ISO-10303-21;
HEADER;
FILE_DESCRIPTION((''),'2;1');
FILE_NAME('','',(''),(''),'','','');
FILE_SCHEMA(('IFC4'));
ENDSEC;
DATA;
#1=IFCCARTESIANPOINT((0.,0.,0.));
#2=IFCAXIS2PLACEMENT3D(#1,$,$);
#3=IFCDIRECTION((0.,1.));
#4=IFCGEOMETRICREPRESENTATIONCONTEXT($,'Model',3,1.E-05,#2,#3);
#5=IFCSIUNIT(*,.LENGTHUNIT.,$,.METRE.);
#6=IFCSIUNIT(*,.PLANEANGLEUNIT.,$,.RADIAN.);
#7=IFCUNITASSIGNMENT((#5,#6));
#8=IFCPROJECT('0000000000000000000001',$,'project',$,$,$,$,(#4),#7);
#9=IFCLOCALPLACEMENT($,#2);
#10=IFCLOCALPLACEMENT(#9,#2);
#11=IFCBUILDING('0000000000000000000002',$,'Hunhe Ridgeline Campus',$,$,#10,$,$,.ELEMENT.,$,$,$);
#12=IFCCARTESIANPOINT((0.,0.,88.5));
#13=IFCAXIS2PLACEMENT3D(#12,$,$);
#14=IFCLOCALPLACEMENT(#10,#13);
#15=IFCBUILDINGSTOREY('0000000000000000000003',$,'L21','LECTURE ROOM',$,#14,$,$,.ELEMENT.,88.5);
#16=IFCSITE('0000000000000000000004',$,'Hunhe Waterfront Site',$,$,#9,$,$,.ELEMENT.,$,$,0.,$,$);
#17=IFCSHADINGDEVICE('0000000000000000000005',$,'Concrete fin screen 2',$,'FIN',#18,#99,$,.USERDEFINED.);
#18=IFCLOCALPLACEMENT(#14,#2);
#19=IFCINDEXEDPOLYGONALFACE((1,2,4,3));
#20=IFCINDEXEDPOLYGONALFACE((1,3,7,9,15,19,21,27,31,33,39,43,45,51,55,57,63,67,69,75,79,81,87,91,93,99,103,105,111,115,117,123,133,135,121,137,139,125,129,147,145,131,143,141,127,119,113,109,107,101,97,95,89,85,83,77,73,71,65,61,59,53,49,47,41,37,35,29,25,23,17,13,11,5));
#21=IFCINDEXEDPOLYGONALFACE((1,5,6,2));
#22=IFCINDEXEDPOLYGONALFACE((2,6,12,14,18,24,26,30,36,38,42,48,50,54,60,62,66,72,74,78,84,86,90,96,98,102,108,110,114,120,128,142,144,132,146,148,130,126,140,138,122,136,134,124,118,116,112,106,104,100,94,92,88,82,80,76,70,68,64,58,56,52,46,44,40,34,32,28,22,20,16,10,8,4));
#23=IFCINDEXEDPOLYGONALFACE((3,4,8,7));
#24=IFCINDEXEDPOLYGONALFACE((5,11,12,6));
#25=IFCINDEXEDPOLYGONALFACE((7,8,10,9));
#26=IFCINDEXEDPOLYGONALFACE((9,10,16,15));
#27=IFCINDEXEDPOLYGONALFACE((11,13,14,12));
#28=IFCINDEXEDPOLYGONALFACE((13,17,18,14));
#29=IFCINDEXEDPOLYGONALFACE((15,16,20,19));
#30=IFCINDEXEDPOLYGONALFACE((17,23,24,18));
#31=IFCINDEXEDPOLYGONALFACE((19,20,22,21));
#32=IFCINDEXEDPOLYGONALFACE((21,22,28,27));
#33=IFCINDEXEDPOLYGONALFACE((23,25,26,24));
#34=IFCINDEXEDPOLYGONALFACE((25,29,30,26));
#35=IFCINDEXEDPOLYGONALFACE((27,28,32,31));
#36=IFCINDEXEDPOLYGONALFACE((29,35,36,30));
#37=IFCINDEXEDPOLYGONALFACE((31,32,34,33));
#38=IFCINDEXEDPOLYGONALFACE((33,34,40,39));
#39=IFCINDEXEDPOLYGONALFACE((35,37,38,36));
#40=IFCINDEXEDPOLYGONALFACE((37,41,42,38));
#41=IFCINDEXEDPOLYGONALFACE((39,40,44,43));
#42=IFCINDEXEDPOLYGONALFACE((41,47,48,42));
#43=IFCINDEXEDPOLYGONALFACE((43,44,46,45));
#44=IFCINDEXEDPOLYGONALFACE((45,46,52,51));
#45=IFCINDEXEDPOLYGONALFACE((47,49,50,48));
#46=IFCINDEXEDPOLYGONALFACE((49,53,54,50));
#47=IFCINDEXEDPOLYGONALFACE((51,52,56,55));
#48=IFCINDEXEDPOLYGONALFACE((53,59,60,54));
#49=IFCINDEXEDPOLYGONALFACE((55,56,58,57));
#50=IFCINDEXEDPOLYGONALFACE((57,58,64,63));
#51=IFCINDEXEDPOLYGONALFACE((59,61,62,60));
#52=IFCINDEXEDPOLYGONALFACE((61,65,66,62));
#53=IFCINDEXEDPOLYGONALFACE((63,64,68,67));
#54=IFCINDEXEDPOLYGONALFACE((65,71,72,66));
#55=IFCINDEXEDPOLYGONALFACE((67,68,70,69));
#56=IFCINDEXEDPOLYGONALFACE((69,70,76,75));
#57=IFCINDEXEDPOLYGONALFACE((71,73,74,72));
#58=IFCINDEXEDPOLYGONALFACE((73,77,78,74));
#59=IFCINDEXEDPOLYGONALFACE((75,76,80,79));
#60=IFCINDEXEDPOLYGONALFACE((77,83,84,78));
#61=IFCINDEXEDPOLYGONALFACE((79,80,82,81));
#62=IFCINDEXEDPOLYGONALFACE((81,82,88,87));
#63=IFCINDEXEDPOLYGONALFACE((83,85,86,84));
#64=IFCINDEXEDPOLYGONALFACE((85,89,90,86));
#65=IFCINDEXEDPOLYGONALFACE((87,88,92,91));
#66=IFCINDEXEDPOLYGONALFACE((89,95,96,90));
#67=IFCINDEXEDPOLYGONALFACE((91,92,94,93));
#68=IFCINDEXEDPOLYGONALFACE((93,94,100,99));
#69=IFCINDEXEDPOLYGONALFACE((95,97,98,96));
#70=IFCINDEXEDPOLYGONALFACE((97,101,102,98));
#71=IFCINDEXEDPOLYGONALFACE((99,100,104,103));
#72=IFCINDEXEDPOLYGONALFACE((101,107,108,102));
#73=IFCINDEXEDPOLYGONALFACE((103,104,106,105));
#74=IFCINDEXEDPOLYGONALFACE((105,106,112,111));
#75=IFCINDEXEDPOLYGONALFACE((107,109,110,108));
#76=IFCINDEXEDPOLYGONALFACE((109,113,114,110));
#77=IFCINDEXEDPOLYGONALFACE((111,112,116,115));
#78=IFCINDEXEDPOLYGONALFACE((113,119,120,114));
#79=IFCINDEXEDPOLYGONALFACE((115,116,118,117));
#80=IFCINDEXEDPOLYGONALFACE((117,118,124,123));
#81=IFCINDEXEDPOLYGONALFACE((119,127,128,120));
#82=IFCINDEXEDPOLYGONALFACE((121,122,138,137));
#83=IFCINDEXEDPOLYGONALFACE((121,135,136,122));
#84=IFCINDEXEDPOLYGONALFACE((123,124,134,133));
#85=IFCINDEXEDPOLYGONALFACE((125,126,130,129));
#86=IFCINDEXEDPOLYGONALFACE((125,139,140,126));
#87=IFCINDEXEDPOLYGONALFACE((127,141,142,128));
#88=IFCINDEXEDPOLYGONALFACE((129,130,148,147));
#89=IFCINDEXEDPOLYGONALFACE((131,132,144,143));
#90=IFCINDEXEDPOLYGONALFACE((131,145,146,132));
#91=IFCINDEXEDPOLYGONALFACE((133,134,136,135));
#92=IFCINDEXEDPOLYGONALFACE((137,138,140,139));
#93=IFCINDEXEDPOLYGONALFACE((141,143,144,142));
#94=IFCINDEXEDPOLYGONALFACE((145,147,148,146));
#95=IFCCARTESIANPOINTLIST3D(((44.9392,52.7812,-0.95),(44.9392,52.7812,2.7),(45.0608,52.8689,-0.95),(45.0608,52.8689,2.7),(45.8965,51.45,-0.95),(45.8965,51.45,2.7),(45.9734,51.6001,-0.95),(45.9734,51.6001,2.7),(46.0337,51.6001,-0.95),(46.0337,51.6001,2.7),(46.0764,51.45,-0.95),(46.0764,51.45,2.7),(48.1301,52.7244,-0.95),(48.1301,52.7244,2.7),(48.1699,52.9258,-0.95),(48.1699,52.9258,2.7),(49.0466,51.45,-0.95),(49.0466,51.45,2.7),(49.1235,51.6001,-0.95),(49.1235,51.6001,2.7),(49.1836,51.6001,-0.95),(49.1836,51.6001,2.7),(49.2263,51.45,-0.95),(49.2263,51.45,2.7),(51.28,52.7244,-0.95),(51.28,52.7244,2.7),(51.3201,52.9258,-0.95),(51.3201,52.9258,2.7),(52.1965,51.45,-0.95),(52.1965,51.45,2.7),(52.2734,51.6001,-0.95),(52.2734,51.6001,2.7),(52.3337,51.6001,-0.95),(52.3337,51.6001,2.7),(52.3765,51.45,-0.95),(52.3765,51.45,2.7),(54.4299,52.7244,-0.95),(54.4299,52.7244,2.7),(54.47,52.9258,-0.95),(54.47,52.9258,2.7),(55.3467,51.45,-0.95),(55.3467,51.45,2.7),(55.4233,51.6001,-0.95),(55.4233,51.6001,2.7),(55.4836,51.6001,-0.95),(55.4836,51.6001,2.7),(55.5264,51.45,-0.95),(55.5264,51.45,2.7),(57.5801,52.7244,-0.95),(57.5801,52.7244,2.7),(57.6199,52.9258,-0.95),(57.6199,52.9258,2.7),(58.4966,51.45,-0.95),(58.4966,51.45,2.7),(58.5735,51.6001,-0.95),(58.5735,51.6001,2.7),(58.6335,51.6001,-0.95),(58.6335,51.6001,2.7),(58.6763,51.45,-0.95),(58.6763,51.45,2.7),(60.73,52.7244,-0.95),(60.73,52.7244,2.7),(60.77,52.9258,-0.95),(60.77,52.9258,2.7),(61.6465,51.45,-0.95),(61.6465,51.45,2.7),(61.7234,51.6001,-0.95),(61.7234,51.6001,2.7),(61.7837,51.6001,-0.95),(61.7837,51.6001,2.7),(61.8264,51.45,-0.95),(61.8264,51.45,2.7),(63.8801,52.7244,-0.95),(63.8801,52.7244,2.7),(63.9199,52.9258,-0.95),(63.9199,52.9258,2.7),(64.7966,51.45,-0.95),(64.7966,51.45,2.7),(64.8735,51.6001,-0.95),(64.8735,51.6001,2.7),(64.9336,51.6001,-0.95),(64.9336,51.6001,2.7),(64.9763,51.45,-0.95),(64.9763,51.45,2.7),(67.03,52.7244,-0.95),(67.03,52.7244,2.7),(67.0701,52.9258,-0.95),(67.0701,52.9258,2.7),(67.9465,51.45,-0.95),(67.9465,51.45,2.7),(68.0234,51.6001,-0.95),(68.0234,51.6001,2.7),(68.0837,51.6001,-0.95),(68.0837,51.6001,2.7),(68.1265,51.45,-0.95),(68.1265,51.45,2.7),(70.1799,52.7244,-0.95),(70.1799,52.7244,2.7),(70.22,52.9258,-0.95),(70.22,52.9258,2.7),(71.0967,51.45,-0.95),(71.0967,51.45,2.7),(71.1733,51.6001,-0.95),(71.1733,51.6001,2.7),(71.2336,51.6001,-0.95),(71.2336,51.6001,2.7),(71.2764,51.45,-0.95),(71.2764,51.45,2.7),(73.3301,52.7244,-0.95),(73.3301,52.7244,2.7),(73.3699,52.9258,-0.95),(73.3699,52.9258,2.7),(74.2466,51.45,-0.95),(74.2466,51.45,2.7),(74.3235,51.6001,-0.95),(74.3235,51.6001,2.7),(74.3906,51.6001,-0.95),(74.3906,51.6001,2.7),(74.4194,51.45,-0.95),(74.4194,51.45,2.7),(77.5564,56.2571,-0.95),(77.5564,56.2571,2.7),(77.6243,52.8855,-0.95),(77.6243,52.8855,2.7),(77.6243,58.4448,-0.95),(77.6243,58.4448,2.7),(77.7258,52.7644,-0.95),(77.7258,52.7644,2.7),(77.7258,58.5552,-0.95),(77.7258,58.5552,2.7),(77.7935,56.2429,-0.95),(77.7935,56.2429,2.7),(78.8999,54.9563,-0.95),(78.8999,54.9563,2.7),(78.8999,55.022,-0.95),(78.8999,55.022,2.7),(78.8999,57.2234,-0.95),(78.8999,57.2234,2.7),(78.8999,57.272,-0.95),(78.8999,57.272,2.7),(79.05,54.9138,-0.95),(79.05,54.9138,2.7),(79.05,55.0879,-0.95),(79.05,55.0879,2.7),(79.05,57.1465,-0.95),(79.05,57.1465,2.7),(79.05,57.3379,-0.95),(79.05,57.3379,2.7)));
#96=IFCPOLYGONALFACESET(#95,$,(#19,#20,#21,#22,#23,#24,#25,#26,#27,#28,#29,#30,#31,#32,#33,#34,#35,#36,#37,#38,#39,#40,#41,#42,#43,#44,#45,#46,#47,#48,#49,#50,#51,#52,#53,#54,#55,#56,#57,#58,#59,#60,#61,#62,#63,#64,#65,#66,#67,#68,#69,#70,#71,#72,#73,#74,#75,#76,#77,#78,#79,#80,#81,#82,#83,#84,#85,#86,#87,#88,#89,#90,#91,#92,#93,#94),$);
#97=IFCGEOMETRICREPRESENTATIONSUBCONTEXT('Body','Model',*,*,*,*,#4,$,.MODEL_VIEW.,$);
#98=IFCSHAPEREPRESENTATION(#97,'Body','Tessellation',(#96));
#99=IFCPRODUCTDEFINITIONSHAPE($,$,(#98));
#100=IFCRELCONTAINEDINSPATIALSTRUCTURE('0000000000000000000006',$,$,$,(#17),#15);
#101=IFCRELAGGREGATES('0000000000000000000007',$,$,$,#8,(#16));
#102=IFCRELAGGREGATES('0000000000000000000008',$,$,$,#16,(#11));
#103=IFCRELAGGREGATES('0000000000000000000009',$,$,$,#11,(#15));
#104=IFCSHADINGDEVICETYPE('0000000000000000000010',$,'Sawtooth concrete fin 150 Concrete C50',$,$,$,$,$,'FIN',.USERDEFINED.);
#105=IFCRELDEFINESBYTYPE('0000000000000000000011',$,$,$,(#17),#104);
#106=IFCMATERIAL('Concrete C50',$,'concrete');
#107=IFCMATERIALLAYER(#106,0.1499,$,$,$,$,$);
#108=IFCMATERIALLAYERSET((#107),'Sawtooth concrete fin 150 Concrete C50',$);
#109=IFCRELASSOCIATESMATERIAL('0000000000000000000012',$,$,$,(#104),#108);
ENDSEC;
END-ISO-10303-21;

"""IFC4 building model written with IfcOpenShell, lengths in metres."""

from ifc_helpers import new_model, si_unit, direction, frame, origin, place, context, subcontext, project, spatial, polyline, outline, extrude, material, layer, layer_set, type_object, element, save


model = new_model("IFC4")

# Units and contexts
model_context = context("Model", 3, precision=1e-05, world=origin(), true_north=direction((0.0, 1.0)))
body_context = subcontext(model_context, "Body", "Model", "MODEL_VIEW")
ifc_project = project(units=[si_unit("LENGTHUNIT", "METRE"), si_unit("PLANEANGLEUNIT", "RADIAN")], contexts=[model_context])

# Site, building, storey
site_placement = place(None, origin())
site = spatial("IfcSite", under=ifc_project, at=site_placement, Name="Hunhe Waterfront Site", CompositionType="ELEMENT", RefElevation=0.0)
building_placement = place(site_placement, origin())
building = spatial("IfcBuilding", under=site, at=building_placement, Name="Hunhe Ridgeline Campus", CompositionType="ELEMENT")
storey_placement = place(building_placement, frame((0.0, 0.0, 88.5)))
storey = spatial("IfcBuildingStorey", under=building, at=storey_placement, Name="L21", Description="LECTURE ROOM", CompositionType="ELEMENT", Elevation=88.5)

# Shading device
ifc_material_1 = material(Name="Concrete C50", Category="concrete")
ifc_layer_1 = layer(ifc_material_1, 0.1499)
ifc_layer_set_1 = layer_set([ifc_layer_1], Name="Sawtooth concrete fin 150 Concrete C50")
shading_device_type = type_object("IfcShadingDeviceType", Name="Sawtooth concrete fin 150 Concrete C50", ElementType="FIN", PredefinedType="USERDEFINED", material=ifc_layer_set_1)
shading_device_1_placement = place(storey_placement, frame((0.0, 0.0, -0.95)))
element("IfcShadingDevice", 1, at=shading_device_1_placement, inside=storey, type_object=shading_device_type, Name="Concrete fin screen 2", ObjectType="FIN", PredefinedType="USERDEFINED", context=body_context, shape_type="SweptSolid", body=[
    extrude(outline(polyline([(45.0608, 52.8689), (44.9392, 52.7812), (45.8965, 51.45), (46.0764, 51.45), (48.1301, 52.7244), (49.0466, 51.45), (49.2263, 51.45), (51.28, 52.7244), (52.1965, 51.45), (52.3765, 51.45), (54.4299, 52.7244), (55.3467, 51.45), (55.5264, 51.45), (57.5801, 52.7244), (58.4966, 51.45), (58.6763, 51.45), (60.73, 52.7244), (61.6465, 51.45), (61.8264, 51.45), (63.8801, 52.7244), (64.7966, 51.45), (64.9763, 51.45), (67.03, 52.7244), (67.9465, 51.45), (68.1265, 51.45), (70.1799, 52.7244), (71.0967, 51.45), (71.2764, 51.45), (73.3301, 52.7244), (74.2466, 51.45), (74.4194, 51.45), (77.7258, 52.7644), (79.05, 54.9138), (79.05, 55.0879), (77.7935, 56.2429), (79.05, 57.1465), (79.05, 57.3379), (77.7258, 58.5552), (77.6243, 58.4448), (78.8999, 57.272), (78.8999, 57.2234), (77.5564, 56.2571), (78.8999, 55.022), (78.8999, 54.9563), (77.6243, 52.8855), (74.3906, 51.6001), (74.3235, 51.6001), (73.3699, 52.9258), (71.2336, 51.6001), (71.1733, 51.6001), (70.22, 52.9258), (68.0837, 51.6001), (68.0234, 51.6001), (67.0701, 52.9258), (64.9336, 51.6001), (64.8735, 51.6001), (63.9199, 52.9258), (61.7837, 51.6001), (61.7234, 51.6001), (60.77, 52.9258), (58.6335, 51.6001), (58.5735, 51.6001), (57.6199, 52.9258), (55.4836, 51.6001), (55.4233, 51.6001), (54.47, 52.9258), (52.3337, 51.6001), (52.2734, 51.6001), (51.3201, 52.9258), (49.1836, 51.6001), (49.1235, 51.6001), (48.1699, 52.9258), (46.0337, 51.6001), (45.9734, 51.6001), (45.0608, 52.8689)])), origin(), (0.0, 0.0, 1.0), 3.6499),
])

save(model, "model.ifc")
